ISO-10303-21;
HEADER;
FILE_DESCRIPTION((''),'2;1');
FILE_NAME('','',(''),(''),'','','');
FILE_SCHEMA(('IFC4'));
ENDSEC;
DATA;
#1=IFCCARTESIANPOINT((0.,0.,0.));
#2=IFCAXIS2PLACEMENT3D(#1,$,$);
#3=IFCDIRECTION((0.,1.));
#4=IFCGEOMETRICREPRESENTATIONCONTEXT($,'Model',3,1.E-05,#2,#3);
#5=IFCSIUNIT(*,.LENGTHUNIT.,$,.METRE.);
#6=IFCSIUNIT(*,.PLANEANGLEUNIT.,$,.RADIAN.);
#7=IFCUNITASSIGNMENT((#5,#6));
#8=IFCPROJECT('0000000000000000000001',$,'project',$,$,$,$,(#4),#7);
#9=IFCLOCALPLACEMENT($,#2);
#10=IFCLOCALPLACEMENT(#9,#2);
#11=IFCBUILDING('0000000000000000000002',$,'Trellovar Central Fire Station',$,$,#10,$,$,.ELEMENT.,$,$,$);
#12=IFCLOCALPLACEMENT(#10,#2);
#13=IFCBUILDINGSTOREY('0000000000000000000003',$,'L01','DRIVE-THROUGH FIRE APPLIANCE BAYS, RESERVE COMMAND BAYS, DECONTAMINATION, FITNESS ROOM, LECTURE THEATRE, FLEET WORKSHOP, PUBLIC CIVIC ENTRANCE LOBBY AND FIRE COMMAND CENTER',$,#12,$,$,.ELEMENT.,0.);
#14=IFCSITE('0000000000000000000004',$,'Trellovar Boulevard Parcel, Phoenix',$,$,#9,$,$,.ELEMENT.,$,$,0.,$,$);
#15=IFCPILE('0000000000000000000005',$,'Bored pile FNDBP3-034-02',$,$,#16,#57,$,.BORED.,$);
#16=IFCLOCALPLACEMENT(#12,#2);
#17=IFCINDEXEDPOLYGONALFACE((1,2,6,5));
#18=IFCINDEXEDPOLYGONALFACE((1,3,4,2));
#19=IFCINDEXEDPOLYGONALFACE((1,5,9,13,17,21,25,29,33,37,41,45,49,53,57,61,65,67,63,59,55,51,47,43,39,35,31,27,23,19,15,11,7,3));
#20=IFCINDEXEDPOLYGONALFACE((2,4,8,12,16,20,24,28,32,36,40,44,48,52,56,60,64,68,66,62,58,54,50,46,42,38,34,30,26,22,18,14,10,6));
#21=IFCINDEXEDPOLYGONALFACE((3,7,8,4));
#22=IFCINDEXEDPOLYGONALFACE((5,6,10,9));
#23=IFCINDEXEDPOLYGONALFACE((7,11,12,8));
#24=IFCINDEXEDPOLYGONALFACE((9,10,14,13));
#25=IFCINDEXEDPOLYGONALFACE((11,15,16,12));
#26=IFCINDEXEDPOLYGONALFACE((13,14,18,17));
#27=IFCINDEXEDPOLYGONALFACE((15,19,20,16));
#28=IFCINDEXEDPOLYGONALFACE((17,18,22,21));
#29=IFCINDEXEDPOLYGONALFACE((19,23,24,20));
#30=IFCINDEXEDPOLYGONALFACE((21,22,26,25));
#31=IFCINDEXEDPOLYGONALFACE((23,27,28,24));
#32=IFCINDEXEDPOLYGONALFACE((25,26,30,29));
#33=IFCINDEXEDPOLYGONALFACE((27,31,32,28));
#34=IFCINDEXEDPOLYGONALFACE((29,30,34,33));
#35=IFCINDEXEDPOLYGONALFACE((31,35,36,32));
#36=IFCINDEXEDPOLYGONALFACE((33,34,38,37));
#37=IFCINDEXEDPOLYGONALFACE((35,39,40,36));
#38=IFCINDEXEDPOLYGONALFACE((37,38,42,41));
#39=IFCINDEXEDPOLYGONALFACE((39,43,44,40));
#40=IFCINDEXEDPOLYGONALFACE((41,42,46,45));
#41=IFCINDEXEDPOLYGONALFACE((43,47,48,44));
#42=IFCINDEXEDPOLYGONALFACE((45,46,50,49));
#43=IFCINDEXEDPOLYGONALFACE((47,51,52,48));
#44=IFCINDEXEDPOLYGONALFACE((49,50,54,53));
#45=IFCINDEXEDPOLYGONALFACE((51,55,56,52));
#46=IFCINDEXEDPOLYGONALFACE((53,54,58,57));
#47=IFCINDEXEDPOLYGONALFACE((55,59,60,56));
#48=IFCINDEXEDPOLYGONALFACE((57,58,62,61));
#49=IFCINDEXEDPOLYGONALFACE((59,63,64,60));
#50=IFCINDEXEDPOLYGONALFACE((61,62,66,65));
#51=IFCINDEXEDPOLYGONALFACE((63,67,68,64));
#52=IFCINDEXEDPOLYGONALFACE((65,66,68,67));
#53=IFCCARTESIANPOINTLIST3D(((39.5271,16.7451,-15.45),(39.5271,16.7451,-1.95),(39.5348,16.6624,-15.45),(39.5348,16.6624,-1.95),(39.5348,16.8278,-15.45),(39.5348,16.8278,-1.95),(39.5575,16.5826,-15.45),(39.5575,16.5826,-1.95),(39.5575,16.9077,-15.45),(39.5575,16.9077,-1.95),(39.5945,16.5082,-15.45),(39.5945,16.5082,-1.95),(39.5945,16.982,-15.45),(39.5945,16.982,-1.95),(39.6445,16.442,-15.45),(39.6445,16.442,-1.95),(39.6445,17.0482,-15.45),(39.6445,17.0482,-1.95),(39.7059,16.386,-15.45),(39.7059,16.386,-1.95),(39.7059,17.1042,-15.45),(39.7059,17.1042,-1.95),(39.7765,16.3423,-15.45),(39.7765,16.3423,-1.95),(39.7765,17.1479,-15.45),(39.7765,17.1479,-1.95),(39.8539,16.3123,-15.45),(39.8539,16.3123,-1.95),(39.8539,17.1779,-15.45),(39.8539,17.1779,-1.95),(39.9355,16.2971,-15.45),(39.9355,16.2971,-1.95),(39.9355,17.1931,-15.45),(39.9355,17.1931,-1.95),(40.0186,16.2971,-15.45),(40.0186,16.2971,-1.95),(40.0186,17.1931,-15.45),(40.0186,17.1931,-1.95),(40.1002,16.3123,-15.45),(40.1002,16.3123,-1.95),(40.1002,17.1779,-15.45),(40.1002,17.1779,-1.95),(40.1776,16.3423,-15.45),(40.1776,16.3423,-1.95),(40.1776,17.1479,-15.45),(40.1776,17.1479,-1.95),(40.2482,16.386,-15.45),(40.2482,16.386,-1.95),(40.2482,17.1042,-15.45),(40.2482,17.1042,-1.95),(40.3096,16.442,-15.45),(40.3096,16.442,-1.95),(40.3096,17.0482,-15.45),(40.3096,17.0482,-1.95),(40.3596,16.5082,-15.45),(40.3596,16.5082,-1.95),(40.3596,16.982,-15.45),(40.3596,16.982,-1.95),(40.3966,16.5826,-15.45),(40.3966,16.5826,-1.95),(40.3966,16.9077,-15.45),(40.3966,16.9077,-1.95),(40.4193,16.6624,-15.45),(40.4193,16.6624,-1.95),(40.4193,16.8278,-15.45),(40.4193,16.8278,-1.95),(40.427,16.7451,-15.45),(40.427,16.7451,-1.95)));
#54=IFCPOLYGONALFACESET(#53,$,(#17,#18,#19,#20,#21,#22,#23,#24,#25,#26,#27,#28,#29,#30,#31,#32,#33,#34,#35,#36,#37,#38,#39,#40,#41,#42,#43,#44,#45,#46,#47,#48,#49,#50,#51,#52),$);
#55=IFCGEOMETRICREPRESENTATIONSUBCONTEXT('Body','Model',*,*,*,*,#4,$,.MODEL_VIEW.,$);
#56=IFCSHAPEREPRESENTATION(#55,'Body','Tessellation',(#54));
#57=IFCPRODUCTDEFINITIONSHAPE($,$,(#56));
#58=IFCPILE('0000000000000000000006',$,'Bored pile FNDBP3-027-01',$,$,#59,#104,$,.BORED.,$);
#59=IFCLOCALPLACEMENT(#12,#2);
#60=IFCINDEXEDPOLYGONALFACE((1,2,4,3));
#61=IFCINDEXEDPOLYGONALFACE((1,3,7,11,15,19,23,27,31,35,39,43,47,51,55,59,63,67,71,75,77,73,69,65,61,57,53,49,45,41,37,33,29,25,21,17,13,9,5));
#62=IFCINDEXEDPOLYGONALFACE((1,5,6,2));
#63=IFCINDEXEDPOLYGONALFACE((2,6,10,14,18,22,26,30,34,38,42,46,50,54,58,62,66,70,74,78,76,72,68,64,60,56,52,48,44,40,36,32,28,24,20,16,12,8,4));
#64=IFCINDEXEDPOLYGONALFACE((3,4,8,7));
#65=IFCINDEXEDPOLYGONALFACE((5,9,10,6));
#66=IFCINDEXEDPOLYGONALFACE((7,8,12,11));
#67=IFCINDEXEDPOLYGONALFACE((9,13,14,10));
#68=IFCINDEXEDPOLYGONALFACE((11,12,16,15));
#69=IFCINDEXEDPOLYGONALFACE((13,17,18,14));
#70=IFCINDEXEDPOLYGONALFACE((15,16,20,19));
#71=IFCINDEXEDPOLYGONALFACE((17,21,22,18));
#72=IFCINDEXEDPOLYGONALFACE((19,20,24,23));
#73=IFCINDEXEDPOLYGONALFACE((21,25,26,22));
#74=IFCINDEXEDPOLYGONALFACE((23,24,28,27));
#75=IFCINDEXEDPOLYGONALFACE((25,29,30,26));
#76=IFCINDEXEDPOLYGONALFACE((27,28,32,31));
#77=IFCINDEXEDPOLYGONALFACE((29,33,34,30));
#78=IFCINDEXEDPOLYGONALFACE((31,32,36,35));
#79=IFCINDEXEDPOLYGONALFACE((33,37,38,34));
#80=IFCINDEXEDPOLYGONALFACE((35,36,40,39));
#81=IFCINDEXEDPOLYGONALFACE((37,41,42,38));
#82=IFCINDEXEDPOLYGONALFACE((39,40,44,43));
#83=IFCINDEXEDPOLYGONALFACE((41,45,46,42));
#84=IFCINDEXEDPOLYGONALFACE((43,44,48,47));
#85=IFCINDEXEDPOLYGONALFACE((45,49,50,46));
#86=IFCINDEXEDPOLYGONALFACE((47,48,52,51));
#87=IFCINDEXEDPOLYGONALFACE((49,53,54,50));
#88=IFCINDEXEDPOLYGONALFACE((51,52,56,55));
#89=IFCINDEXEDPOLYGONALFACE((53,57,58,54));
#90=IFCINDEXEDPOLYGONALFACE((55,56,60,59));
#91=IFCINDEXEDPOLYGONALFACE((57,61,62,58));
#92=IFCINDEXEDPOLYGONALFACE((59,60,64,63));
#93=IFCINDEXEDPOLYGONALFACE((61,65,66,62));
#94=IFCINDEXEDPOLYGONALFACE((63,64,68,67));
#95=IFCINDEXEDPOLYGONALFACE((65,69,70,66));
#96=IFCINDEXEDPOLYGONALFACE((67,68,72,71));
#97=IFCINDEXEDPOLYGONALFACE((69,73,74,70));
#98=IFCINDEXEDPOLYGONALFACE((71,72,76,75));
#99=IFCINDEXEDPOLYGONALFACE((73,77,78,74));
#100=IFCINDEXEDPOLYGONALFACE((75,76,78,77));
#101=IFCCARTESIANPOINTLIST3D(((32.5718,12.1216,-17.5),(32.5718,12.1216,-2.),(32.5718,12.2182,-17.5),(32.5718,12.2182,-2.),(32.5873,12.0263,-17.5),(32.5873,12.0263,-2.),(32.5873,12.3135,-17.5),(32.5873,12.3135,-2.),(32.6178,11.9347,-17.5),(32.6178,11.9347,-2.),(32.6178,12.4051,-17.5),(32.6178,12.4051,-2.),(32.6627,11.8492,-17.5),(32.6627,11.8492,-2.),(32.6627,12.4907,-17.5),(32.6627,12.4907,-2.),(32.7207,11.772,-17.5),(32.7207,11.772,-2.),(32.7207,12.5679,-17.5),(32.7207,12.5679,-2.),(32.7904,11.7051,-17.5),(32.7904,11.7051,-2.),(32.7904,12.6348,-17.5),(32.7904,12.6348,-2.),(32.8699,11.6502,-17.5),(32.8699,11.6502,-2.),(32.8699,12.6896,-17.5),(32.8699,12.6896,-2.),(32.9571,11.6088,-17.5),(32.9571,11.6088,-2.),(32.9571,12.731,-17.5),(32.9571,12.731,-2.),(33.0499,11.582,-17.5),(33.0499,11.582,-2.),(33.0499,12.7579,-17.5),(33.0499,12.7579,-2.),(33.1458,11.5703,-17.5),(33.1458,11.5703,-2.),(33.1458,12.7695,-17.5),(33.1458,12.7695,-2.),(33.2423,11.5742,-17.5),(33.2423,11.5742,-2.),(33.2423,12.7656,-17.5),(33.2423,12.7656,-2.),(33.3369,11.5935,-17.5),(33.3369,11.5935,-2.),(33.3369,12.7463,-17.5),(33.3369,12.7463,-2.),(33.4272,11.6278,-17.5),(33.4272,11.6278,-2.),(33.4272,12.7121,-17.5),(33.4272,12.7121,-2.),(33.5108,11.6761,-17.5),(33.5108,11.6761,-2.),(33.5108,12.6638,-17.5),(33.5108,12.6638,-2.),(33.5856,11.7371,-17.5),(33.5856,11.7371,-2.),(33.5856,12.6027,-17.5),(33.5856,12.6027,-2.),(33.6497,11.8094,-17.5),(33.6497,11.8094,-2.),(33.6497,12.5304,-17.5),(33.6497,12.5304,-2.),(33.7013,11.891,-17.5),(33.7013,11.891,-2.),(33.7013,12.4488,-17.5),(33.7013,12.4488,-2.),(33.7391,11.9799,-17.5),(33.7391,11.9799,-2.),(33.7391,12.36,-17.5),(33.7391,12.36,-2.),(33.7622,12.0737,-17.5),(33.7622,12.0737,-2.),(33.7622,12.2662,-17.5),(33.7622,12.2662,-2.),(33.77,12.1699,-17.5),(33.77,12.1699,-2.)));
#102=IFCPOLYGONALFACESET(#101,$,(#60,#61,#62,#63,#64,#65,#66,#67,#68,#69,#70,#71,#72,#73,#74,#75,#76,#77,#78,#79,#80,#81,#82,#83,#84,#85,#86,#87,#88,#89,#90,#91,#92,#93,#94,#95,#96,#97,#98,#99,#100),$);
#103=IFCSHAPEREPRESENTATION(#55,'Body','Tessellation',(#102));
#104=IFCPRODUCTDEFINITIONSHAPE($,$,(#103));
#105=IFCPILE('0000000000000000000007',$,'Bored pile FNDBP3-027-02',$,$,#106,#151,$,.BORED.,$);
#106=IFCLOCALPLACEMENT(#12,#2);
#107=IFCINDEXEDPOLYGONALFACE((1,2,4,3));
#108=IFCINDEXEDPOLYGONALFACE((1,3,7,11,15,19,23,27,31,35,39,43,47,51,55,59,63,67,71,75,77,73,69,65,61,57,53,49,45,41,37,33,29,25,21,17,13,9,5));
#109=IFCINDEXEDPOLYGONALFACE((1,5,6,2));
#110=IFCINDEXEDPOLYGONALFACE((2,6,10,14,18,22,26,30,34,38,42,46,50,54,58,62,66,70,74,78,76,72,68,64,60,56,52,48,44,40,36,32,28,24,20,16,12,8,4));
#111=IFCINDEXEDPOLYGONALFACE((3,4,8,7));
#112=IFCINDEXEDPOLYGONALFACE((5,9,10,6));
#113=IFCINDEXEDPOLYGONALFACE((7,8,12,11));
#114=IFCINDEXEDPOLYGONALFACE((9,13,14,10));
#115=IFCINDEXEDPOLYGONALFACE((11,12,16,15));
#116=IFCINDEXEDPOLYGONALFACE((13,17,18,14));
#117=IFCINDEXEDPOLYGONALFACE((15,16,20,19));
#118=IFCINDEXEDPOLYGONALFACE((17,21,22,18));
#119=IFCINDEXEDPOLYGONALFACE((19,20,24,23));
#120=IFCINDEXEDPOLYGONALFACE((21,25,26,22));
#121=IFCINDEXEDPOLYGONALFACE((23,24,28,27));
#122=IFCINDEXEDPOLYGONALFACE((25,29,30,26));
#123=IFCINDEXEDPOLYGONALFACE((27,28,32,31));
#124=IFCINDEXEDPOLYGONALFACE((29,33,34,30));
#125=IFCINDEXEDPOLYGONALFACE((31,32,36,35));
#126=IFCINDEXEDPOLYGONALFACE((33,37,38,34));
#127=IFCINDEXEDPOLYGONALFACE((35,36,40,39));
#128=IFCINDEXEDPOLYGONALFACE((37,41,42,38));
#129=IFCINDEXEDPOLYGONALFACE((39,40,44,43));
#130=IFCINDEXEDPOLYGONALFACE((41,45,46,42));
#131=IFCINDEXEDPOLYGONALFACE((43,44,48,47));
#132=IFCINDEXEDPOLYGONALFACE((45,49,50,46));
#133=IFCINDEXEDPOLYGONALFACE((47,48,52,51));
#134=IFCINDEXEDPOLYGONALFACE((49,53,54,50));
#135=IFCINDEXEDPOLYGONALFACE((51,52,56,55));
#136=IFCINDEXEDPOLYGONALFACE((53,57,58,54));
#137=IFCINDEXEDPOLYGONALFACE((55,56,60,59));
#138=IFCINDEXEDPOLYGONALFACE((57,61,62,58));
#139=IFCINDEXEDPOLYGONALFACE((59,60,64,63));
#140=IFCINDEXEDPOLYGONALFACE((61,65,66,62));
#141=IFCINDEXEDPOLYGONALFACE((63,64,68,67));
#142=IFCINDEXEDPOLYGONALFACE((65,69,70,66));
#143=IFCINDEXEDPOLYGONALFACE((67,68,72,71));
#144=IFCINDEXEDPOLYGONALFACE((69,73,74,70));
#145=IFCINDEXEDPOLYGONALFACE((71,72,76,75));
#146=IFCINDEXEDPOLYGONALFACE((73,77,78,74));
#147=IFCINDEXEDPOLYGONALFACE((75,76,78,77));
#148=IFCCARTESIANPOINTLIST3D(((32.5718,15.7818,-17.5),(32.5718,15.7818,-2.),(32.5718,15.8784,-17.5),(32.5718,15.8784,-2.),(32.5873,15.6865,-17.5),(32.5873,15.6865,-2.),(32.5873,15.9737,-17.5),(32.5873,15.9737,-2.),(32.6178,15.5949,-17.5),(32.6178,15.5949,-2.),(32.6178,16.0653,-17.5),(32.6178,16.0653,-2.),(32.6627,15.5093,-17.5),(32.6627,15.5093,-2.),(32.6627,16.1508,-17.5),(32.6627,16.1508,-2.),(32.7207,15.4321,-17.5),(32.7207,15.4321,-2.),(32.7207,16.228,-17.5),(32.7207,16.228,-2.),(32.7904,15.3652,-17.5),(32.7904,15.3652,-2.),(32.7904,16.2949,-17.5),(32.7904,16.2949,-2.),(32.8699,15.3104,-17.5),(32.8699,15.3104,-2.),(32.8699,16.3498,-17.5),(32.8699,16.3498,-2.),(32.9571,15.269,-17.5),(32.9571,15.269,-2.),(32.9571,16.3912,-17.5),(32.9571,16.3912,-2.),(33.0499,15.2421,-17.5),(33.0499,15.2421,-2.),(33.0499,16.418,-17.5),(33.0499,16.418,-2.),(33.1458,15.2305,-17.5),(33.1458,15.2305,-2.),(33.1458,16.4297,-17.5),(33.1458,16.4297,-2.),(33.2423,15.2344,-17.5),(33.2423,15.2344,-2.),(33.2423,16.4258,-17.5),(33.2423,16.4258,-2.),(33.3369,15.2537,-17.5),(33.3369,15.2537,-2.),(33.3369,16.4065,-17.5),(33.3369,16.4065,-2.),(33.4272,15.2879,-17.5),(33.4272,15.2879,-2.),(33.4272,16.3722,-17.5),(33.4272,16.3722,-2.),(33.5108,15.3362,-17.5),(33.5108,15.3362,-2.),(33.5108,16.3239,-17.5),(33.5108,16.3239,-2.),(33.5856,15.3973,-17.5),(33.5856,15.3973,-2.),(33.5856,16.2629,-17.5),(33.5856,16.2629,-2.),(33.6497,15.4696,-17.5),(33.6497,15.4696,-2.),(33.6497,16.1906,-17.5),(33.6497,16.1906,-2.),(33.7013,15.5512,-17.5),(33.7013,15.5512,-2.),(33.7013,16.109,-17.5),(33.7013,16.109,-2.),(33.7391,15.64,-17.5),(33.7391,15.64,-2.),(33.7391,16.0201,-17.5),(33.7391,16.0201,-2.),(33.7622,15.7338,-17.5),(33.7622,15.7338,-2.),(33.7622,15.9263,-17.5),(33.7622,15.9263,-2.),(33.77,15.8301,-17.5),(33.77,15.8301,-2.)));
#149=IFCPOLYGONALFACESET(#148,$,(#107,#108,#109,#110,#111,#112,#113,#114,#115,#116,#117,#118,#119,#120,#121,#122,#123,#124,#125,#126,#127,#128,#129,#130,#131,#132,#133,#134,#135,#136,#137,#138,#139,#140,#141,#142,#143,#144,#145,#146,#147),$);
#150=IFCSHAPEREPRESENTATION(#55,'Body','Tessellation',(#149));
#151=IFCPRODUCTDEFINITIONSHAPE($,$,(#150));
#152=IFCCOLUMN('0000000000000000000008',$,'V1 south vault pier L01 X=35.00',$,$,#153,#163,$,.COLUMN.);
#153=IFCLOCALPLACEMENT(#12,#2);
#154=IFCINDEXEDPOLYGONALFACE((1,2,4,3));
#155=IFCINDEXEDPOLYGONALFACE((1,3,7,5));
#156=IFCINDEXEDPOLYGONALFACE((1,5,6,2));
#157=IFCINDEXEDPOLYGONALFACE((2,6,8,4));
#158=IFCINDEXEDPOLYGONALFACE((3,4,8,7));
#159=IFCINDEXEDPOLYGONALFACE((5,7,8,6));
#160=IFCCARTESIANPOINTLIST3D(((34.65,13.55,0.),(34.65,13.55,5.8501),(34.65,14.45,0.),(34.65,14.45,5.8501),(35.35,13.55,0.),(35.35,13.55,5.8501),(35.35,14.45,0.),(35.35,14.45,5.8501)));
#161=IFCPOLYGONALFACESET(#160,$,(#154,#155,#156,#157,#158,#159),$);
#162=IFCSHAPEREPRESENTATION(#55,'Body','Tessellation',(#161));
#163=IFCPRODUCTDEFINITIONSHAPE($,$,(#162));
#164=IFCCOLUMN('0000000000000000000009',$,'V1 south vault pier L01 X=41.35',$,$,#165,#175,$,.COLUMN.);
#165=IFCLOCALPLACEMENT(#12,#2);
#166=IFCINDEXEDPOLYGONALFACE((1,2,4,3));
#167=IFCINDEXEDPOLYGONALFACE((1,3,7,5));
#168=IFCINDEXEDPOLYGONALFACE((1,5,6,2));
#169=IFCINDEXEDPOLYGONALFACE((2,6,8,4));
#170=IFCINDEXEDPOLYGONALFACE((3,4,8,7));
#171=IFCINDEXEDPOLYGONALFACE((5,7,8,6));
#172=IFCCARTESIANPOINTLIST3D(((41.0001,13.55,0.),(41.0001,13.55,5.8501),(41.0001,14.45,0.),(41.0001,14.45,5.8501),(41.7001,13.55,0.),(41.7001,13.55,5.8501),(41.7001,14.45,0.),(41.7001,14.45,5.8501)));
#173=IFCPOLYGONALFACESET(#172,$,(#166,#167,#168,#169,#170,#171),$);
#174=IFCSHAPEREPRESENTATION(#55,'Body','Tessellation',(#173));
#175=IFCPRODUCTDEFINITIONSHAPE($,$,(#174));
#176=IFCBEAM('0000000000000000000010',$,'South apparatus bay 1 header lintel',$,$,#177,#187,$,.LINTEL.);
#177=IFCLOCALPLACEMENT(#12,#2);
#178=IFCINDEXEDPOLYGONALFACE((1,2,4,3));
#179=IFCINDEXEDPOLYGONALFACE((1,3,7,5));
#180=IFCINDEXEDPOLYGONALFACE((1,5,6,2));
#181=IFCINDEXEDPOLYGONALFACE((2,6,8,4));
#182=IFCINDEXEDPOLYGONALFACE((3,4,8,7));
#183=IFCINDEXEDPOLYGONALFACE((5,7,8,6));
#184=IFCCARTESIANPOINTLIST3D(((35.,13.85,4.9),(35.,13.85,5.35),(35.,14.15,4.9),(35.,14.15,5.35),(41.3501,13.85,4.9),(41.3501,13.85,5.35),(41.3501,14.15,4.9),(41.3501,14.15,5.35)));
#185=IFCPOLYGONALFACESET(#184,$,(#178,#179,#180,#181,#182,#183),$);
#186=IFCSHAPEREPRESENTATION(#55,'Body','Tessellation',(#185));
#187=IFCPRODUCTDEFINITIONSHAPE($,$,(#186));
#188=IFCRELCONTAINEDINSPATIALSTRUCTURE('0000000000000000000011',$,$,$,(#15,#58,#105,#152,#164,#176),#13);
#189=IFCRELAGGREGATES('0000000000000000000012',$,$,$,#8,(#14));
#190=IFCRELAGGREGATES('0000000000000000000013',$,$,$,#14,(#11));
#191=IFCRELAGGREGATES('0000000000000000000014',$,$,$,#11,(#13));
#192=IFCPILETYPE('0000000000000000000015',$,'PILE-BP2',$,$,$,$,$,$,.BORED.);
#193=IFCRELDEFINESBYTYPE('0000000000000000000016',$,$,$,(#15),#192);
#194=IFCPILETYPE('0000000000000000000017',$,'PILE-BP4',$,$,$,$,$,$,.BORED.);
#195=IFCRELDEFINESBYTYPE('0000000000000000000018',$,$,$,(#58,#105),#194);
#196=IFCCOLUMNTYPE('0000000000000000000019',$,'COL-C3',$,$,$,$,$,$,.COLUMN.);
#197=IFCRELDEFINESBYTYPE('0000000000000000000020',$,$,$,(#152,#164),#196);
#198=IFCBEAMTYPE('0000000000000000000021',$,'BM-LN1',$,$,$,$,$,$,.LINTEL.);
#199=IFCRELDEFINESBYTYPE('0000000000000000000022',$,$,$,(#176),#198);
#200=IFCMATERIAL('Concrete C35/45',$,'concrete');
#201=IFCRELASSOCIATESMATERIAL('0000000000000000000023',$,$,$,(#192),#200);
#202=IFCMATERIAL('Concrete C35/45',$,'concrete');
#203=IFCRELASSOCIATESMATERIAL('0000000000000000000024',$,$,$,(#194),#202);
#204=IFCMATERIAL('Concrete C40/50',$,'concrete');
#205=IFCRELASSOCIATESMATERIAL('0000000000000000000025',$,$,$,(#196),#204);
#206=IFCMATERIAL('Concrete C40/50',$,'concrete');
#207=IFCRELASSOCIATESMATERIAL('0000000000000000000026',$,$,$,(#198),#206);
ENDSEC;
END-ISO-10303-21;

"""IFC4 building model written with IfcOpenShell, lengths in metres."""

from ifc_helpers import new_model, si_unit, direction, frame, origin, origin_2d, place, context, subcontext, project, spatial, rectangle, circle, extrude, material, material_profile, profile_set, type_object, element, save


model = new_model("IFC4")

# Units and contexts
model_context = context("Model", 3, precision=1e-05, world=origin(), true_north=direction((0.0, 1.0)))
body_context = subcontext(model_context, "Body", "Model", "MODEL_VIEW")
ifc_project = project(units=[si_unit("LENGTHUNIT", "METRE"), si_unit("PLANEANGLEUNIT", "RADIAN")], contexts=[model_context])

# Site, building, storey
site_placement = place(None, origin())
site = spatial("IfcSite", under=ifc_project, at=site_placement, Name="Trellovar Boulevard Parcel, Phoenix", CompositionType="ELEMENT", RefElevation=0.0)
building_placement = place(site_placement, origin())
building = spatial("IfcBuilding", under=site, at=building_placement, Name="Trellovar Central Fire Station", CompositionType="ELEMENT")
storey_placement = place(building_placement, origin())
storey = spatial("IfcBuildingStorey", under=building, at=storey_placement, Name="L01", Description="DRIVE-THROUGH FIRE APPLIANCE BAYS, RESERVE COMMAND BAYS, DECONTAMINATION, FITNESS ROOM, LECTURE THEATRE, FLEET WORKSHOP, PUBLIC CIVIC ENTRANCE LOBBY AND FIRE COMMAND CENTER", CompositionType="ELEMENT", Elevation=0.0)

# Piles
ifc_material_1 = material(Name="Concrete C35/45", Category="concrete")
ifc_material_profile_1 = material_profile(ifc_material_1, circle(Radius=0.45, at=origin_2d()), Name="PILE900")
ifc_profile_set_1 = profile_set([ifc_material_profile_1], Name="Concrete C35/45")
pile_type_1 = type_object("IfcPileType", Name="PILE-BP2", PredefinedType="BORED", material=ifc_profile_set_1)
for number, where, z_axis, x_axis, name in (
    (1, (39.9771, 16.7451, -1.95), (0.0, 0.0, -1.0), (1.0, 0.0, 0.0), "Bored pile FNDBP3-034-02"),
):
    element("IfcPile", number, at=place(storey_placement, frame(where, z_axis=z_axis, x_axis=x_axis)), inside=storey, type_object=pile_type_1, Name=name, PredefinedType="BORED", context=body_context, shape_type="SweptSolid", body=[
        extrude(circle(Radius=0.45, at=origin_2d()), origin(), (0.0, 0.0, 1.0), 13.5),
    ])
ifc_material_2 = material(Name="Concrete C35/45", Category="concrete")
ifc_material_profile_2 = material_profile(ifc_material_2, circle(Radius=0.6001, at=origin_2d()), Name="PILE1200")
ifc_profile_set_2 = profile_set([ifc_material_profile_2], Name="Concrete C35/45")
pile_type_2 = type_object("IfcPileType", Name="PILE-BP4", PredefinedType="BORED", material=ifc_profile_set_2)
for number, where, z_axis, x_axis, name in (
    (2, (33.1699, 12.1699, -2.0), (0.0, 0.0, -1.0), (1.0, 0.0, 0.0), "Bored pile FNDBP3-027-01"),
    (3, (33.1699, 15.8301, -2.0), (0.0, 0.0, -1.0), (1.0, 0.0, 0.0), "Bored pile FNDBP3-027-02"),
):
    element("IfcPile", number, at=place(storey_placement, frame(where, z_axis=z_axis, x_axis=x_axis)), inside=storey, type_object=pile_type_2, Name=name, PredefinedType="BORED", context=body_context, shape_type="SweptSolid", body=[
        extrude(circle(Radius=0.6001, at=origin_2d()), origin(), (0.0, 0.0, 1.0), 15.5),
    ])

# Columns
ifc_material_3 = material(Name="Concrete C40/50", Category="concrete")
ifc_material_profile_3 = material_profile(ifc_material_3, rectangle(XDim=0.7, YDim=0.8999, at=origin_2d()), Name="RC700X900")
ifc_profile_set_3 = profile_set([ifc_material_profile_3], Name="Concrete C40/50")
column_type = type_object("IfcColumnType", Name="COL-C3", PredefinedType="COLUMN", material=ifc_profile_set_3)
for number, where, z_axis, x_axis, name in (
    (4, (35.0, 14.0, 0.0), (0.0, 0.0, 1.0), (1.0, 0.0, 0.0), "V1 south vault pier L01 X=35.00"),
    (5, (41.3501, 14.0, 0.0), (0.0, 0.0, 1.0), (1.0, 0.0, 0.0), "V1 south vault pier L01 X=41.35"),
):
    element("IfcColumn", number, at=place(storey_placement, frame(where, z_axis=z_axis, x_axis=x_axis)), inside=storey, type_object=column_type, Name=name, PredefinedType="COLUMN", context=body_context, shape_type="SweptSolid", body=[
        extrude(rectangle(XDim=0.7, YDim=0.8999, at=origin_2d()), origin(), (0.0, 0.0, 1.0), 5.8501),
    ])

# Beam
ifc_material_4 = material(Name="Concrete C40/50", Category="concrete")
ifc_material_profile_4 = material_profile(ifc_material_4, rectangle(XDim=0.3, YDim=0.45, at=origin_2d()), Name="RC300X450")
ifc_profile_set_4 = profile_set([ifc_material_profile_4], Name="Concrete C40/50")
beam_type_1 = type_object("IfcBeamType", Name="BM-LN1", PredefinedType="LINTEL", material=ifc_profile_set_4)
beam_1_placement = place(storey_placement, frame((35.0, 14.0, 5.125), z_axis=(1.0, 0.0, 0.0), x_axis=(0.0, 1.0, 0.0)))
element("IfcBeam", 6, at=beam_1_placement, inside=storey, type_object=beam_type_1, Name="South apparatus bay 1 header lintel", PredefinedType="LINTEL", context=body_context, shape_type="SweptSolid", body=[
    extrude(rectangle(XDim=0.3, YDim=0.45, at=origin_2d()), origin(), (0.0, 0.0, 1.0), 6.3501),
])

save(model, "model.ifc")
